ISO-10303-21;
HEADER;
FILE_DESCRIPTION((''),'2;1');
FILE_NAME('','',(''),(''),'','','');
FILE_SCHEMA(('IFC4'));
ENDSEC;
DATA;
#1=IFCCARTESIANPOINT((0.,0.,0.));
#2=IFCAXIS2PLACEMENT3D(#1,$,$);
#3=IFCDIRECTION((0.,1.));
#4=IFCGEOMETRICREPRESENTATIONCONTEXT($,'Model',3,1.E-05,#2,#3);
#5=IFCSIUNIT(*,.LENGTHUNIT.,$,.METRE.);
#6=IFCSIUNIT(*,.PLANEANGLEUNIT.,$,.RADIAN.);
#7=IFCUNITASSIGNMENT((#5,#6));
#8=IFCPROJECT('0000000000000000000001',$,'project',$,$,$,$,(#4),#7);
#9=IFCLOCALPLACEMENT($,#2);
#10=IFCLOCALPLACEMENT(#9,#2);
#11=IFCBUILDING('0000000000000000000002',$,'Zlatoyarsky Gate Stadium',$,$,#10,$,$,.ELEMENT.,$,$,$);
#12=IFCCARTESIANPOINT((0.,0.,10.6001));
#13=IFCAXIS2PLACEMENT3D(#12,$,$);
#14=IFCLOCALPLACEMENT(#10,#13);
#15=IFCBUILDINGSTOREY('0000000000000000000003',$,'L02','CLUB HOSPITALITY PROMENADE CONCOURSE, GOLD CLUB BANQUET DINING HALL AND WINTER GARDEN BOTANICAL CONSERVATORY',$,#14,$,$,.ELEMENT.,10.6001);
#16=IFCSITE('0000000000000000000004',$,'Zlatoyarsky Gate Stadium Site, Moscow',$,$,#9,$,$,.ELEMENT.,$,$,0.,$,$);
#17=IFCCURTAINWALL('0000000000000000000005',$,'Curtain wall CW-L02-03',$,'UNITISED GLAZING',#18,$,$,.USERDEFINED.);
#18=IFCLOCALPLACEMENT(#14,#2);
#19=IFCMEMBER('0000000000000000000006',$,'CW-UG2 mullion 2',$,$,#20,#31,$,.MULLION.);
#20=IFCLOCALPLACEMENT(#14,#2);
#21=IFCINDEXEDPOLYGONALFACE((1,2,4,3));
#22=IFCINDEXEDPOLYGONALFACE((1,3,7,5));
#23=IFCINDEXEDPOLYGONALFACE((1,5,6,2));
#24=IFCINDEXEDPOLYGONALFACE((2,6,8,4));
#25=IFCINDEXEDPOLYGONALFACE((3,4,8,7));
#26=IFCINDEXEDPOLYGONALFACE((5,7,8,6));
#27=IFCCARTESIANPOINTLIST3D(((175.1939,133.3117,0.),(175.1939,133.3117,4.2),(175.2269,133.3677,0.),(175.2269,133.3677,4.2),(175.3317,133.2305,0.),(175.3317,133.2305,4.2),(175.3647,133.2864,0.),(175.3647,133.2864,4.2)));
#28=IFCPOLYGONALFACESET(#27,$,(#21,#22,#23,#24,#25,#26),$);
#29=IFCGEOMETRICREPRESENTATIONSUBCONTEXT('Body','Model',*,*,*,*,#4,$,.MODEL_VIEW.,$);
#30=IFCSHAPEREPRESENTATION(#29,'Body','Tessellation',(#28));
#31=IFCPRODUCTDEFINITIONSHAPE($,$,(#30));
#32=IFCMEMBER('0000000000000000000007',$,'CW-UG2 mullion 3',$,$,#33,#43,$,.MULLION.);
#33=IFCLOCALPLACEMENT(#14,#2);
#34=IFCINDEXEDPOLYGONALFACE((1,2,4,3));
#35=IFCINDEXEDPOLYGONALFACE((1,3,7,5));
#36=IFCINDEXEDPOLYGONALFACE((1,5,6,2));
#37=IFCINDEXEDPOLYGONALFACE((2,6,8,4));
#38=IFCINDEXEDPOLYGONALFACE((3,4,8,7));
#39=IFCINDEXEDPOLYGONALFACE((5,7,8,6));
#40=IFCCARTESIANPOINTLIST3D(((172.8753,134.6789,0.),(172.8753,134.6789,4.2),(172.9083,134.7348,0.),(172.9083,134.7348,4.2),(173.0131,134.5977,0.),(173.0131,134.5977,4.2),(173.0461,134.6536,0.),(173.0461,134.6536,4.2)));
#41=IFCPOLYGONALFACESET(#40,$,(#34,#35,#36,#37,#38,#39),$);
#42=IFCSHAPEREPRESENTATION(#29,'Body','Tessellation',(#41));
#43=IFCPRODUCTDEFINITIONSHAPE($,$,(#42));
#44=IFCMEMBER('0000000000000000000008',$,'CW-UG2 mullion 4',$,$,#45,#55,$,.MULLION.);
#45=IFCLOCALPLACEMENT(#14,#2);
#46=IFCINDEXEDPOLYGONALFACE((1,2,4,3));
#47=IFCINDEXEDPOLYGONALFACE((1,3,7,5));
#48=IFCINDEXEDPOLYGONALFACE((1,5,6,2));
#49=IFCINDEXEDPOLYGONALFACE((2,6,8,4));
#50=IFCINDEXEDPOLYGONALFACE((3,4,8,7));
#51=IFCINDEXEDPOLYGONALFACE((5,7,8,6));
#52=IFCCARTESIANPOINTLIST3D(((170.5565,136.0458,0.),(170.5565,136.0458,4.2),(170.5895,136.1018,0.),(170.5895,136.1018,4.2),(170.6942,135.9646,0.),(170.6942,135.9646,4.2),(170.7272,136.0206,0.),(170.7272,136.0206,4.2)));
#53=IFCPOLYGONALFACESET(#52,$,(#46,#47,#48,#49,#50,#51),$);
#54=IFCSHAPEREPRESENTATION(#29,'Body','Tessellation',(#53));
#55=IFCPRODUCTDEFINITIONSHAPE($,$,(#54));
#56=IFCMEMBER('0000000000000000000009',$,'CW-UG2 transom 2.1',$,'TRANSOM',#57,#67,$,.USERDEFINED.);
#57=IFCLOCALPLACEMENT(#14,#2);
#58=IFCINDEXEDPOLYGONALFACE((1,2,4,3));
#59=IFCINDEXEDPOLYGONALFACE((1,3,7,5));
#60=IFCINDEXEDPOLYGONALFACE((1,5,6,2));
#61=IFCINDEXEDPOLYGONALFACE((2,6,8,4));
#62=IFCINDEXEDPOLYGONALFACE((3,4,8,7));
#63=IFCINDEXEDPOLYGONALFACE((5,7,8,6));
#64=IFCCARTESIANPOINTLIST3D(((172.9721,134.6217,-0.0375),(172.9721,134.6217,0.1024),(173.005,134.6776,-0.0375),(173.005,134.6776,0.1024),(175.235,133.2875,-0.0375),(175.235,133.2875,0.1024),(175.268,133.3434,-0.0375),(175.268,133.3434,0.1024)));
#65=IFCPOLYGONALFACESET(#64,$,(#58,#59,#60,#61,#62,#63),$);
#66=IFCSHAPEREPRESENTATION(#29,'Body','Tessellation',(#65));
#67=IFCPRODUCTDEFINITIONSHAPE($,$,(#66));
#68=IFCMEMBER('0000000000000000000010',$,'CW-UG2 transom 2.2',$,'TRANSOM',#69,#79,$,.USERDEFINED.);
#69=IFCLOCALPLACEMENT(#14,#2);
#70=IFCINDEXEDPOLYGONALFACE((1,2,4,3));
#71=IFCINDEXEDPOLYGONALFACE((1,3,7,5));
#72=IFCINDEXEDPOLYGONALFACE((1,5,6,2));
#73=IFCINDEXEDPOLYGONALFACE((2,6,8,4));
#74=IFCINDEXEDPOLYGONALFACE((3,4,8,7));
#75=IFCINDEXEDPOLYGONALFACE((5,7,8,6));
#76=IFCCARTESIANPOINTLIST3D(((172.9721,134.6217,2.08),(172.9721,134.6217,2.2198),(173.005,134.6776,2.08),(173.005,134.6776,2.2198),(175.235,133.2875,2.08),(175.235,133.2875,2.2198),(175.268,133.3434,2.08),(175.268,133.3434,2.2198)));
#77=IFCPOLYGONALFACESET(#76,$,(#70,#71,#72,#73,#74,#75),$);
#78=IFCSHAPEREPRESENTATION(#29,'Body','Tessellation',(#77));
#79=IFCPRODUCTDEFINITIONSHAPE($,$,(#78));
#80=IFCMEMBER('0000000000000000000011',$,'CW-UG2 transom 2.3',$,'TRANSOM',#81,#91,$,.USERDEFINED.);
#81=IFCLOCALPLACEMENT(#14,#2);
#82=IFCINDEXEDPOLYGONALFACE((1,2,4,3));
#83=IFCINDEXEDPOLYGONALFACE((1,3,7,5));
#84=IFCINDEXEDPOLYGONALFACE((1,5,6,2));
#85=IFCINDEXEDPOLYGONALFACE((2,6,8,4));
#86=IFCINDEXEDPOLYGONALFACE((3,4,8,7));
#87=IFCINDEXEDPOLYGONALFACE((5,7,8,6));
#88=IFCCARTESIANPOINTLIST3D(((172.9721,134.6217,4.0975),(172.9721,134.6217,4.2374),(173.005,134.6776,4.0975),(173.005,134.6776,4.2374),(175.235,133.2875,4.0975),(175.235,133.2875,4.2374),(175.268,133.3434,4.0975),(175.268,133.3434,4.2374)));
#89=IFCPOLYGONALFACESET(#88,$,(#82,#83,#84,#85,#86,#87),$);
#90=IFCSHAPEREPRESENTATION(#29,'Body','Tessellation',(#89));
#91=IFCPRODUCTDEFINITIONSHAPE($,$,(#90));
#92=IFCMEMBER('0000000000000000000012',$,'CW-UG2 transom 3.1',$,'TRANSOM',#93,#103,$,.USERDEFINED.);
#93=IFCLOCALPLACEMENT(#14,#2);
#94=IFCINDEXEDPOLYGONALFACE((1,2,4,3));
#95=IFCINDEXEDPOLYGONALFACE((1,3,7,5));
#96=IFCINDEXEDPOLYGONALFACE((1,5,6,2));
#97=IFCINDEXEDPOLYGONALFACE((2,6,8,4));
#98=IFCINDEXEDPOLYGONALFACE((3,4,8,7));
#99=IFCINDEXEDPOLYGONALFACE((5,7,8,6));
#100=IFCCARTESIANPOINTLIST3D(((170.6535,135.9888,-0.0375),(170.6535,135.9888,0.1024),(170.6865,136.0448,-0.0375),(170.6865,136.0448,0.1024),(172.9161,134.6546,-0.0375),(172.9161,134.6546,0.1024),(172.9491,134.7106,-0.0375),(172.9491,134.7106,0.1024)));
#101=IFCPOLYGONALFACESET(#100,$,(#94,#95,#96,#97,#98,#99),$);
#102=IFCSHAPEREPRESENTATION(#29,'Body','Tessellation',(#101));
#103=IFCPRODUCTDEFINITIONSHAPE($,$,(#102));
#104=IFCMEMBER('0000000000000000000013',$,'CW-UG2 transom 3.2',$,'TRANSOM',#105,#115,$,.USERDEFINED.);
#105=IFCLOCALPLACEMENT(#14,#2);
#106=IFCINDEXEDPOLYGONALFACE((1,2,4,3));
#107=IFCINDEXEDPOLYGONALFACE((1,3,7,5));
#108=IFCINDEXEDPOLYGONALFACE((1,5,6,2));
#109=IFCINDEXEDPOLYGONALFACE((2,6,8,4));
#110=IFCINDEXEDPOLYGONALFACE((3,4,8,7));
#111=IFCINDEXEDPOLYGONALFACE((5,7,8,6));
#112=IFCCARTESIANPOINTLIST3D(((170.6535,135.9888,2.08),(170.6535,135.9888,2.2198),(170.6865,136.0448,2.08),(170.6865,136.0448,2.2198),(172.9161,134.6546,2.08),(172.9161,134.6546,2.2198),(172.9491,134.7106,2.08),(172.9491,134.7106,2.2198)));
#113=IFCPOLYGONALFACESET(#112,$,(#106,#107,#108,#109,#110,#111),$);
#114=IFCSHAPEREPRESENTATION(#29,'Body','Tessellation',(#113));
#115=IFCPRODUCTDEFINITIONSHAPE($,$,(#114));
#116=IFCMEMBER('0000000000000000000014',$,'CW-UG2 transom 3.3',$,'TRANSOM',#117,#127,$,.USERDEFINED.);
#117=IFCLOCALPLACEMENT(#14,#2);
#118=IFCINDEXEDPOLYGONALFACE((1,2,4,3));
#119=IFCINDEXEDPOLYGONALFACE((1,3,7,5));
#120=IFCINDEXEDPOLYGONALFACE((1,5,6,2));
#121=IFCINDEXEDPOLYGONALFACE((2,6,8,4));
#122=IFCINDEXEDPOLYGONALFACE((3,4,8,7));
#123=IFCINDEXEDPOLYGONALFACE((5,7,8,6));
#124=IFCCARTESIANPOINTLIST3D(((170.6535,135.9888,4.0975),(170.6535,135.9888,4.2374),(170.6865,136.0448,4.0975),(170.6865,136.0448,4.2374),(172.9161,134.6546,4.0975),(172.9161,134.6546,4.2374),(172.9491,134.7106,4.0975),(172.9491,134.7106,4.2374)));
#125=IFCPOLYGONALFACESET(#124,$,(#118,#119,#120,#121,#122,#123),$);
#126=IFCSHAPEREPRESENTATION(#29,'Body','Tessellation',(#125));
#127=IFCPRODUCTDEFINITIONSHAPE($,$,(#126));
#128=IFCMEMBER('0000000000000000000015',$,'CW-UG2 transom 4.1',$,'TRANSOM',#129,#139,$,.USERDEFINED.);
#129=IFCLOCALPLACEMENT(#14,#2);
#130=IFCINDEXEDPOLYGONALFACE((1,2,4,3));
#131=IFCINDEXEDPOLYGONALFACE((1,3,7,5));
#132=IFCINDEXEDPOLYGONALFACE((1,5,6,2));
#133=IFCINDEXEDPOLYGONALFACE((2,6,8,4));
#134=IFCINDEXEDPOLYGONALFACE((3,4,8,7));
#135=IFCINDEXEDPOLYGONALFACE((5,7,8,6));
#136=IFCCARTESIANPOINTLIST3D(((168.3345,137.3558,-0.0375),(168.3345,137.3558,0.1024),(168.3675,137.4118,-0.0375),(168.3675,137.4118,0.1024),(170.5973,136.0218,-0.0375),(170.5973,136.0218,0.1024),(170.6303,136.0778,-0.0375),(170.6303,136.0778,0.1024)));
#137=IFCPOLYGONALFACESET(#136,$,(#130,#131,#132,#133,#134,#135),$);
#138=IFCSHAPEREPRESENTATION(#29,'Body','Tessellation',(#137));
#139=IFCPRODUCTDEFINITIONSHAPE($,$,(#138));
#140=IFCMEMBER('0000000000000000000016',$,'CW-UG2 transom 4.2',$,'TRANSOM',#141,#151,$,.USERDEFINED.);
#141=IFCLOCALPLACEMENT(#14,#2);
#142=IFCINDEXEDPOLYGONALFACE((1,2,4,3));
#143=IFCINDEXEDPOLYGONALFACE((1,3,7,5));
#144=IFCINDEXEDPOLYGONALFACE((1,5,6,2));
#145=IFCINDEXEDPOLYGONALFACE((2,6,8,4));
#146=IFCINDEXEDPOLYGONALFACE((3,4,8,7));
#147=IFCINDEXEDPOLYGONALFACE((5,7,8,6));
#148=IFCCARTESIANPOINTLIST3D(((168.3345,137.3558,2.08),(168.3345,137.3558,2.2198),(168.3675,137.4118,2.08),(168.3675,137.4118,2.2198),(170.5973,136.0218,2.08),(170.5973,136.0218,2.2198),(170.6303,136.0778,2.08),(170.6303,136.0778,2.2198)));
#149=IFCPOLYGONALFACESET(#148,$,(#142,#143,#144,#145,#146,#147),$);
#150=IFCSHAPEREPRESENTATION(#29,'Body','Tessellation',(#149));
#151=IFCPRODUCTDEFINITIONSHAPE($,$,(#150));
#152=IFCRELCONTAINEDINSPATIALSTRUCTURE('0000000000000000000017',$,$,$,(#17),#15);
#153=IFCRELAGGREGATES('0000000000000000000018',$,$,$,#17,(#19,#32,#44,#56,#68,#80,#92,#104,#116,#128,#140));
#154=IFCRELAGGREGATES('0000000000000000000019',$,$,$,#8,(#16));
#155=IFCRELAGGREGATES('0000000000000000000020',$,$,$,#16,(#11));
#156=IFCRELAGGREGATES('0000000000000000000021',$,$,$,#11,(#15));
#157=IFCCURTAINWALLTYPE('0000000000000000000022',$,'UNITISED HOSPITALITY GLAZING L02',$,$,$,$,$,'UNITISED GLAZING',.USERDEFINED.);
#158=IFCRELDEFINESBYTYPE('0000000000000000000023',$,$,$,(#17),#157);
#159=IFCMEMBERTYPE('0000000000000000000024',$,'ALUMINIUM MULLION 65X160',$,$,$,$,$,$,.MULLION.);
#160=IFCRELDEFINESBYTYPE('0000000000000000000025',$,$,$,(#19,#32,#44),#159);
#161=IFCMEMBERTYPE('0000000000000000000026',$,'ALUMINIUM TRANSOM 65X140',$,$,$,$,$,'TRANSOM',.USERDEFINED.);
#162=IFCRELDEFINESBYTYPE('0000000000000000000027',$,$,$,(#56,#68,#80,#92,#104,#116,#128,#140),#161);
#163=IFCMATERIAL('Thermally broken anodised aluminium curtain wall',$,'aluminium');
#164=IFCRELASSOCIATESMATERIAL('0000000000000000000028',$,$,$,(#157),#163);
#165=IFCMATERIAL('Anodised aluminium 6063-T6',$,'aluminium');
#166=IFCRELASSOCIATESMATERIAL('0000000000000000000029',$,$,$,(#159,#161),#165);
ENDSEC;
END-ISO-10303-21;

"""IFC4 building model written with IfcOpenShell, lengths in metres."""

from ifc_helpers import new_model, si_unit, direction, frame, origin, origin_2d, place, context, subcontext, project, spatial, rectangle, extrude, material, material_profile, profile_set, type_object, element, aggregate, save


model = new_model("IFC4")

# Units and contexts
model_context = context("Model", 3, precision=1e-05, world=origin(), true_north=direction((0.0, 1.0)))
body_context = subcontext(model_context, "Body", "Model", "MODEL_VIEW")
ifc_project = project(units=[si_unit("LENGTHUNIT", "METRE"), si_unit("PLANEANGLEUNIT", "RADIAN")], contexts=[model_context])

# Site, building, storey
site_placement = place(None, origin())
site = spatial("IfcSite", under=ifc_project, at=site_placement, Name="Zlatoyarsky Gate Stadium Site, Moscow", CompositionType="ELEMENT", RefElevation=0.0)
building_placement = place(site_placement, origin())
building = spatial("IfcBuilding", under=site, at=building_placement, Name="Zlatoyarsky Gate Stadium", CompositionType="ELEMENT")
storey_placement = place(building_placement, frame((0.0, 0.0, 10.6001)))
storey = spatial("IfcBuildingStorey", under=building, at=storey_placement, Name="L02", Description="CLUB HOSPITALITY PROMENADE CONCOURSE, GOLD CLUB BANQUET DINING HALL AND WINTER GARDEN BOTANICAL CONSERVATORY", CompositionType="ELEMENT", Elevation=10.6001)

# Curtain wall, members
ifc_material_1 = material(Name="Thermally broken anodised aluminium curtain wall", Category="aluminium")
curtain_wall_type = type_object("IfcCurtainWallType", Name="UNITISED HOSPITALITY GLAZING L02", ElementType="UNITISED GLAZING", PredefinedType="USERDEFINED", material=ifc_material_1)
curtain_wall_placement = place(storey_placement, origin())
curtain_wall = element("IfcCurtainWall", 1, at=curtain_wall_placement, inside=storey, type_object=curtain_wall_type, Name="Curtain wall CW-L02-03", ObjectType="UNITISED GLAZING", PredefinedType="USERDEFINED")
ifc_material_2 = material(Name="Anodised aluminium 6063-T6", Category="aluminium")
ifc_material_profile_1 = material_profile(ifc_material_2, rectangle(XDim=0.0649, YDim=0.1599, at=origin_2d()), Name="ALU 65X160")
ifc_profile_set_1 = profile_set([ifc_material_profile_1], Name="Anodised aluminium 6063-T6")
member_type_1 = type_object("IfcMemberType", Name="ALUMINIUM MULLION 65X160", PredefinedType="MULLION", material=ifc_profile_set_1)
member_1_placement = place(storey_placement, frame((175.2793, 133.2991, 0.0), z_axis=(0.0, 0.0, 1.0), x_axis=(-0.507884, -0.861425, 0.0)))
member_1 = element("IfcMember", 2, at=member_1_placement, type_object=member_type_1, Name="CW-UG2 mullion 2", PredefinedType="MULLION", context=body_context, shape_type="SweptSolid", body=[
    extrude(rectangle(XDim=0.0649, YDim=0.1599, at=origin_2d()), origin(), (0.0, 0.0, 1.0), 4.2),
])
member_2_placement = place(storey_placement, frame((172.9607, 134.6663, 0.0), z_axis=(0.0, 0.0, 1.0), x_axis=(-0.507884, -0.861425, 0.0)))
member_2 = element("IfcMember", 3, at=member_2_placement, type_object=member_type_1, Name="CW-UG2 mullion 3", PredefinedType="MULLION", context=body_context, shape_type="SweptSolid", body=[
    extrude(rectangle(XDim=0.0649, YDim=0.1599, at=origin_2d()), origin(), (0.0, 0.0, 1.0), 4.2),
])
member_3_placement = place(storey_placement, frame((170.6418, 136.0332, 0.0), z_axis=(0.0, 0.0, 1.0), x_axis=(-0.507884, -0.861425, 0.0)))
member_3 = element("IfcMember", 4, at=member_3_placement, type_object=member_type_1, Name="CW-UG2 mullion 4", PredefinedType="MULLION", context=body_context, shape_type="SweptSolid", body=[
    extrude(rectangle(XDim=0.0649, YDim=0.1599, at=origin_2d()), origin(), (0.0, 0.0, 1.0), 4.2),
])
ifc_material_profile_2 = material_profile(ifc_material_2, rectangle(XDim=0.0649, YDim=0.1399, at=origin_2d()), Name="ALU 65X140")
ifc_profile_set_2 = profile_set([ifc_material_profile_2], Name="Anodised aluminium 6063-T6")
member_type_2 = type_object("IfcMemberType", Name="ALUMINIUM TRANSOM 65X140", ElementType="TRANSOM", PredefinedType="USERDEFINED", material=ifc_profile_set_2)
member_4_placement = place(storey_placement, frame((175.2515, 133.3154, 0.0325), z_axis=(-0.86142, 0.507893, 0.0), x_axis=(-0.507893, -0.86142, 0.0)))
member_4 = element("IfcMember", 5, at=member_4_placement, type_object=member_type_2, Name="CW-UG2 transom 2.1", ObjectType="TRANSOM", PredefinedType="USERDEFINED", context=body_context, shape_type="SweptSolid", body=[
    extrude(rectangle(XDim=0.0649, YDim=0.1399, at=origin_2d()), origin(), (0.0, 0.0, 1.0), 2.627),
])
member_5_placement = place(storey_placement, frame((175.2515, 133.3154, 2.1499), z_axis=(-0.86142, 0.507893, 0.0), x_axis=(-0.507893, -0.86142, 0.0)))
member_5 = element("IfcMember", 6, at=member_5_placement, type_object=member_type_2, Name="CW-UG2 transom 2.2", ObjectType="TRANSOM", PredefinedType="USERDEFINED", context=body_context, shape_type="SweptSolid", body=[
    extrude(rectangle(XDim=0.0649, YDim=0.1399, at=origin_2d()), origin(), (0.0, 0.0, 1.0), 2.627),
])
member_6_placement = place(storey_placement, frame((175.2515, 133.3154, 4.1675), z_axis=(-0.86142, 0.507893, 0.0), x_axis=(-0.507893, -0.86142, 0.0)))
member_6 = element("IfcMember", 7, at=member_6_placement, type_object=member_type_2, Name="CW-UG2 transom 2.3", ObjectType="TRANSOM", PredefinedType="USERDEFINED", context=body_context, shape_type="SweptSolid", body=[
    extrude(rectangle(XDim=0.0649, YDim=0.1399, at=origin_2d()), origin(), (0.0, 0.0, 1.0), 2.627),
])
member_7_placement = place(storey_placement, frame((172.9326, 134.6826, 0.0325), z_axis=(-0.861396, 0.507934, 0.0), x_axis=(-0.507934, -0.861396, 0.0)))
member_7 = element("IfcMember", 8, at=member_7_placement, type_object=member_type_2, Name="CW-UG2 transom 3.1", ObjectType="TRANSOM", PredefinedType="USERDEFINED", context=body_context, shape_type="SweptSolid", body=[
    extrude(rectangle(XDim=0.0649, YDim=0.1399, at=origin_2d()), origin(), (0.0, 0.0, 1.0), 2.6267),
])
member_8_placement = place(storey_placement, frame((172.9326, 134.6826, 2.1499), z_axis=(-0.861396, 0.507934, 0.0), x_axis=(-0.507934, -0.861396, 0.0)))
member_8 = element("IfcMember", 9, at=member_8_placement, type_object=member_type_2, Name="CW-UG2 transom 3.2", ObjectType="TRANSOM", PredefinedType="USERDEFINED", context=body_context, shape_type="SweptSolid", body=[
    extrude(rectangle(XDim=0.0649, YDim=0.1399, at=origin_2d()), origin(), (0.0, 0.0, 1.0), 2.6267),
])
member_9_placement = place(storey_placement, frame((172.9326, 134.6826, 4.1675), z_axis=(-0.861396, 0.507934, 0.0), x_axis=(-0.507934, -0.861396, 0.0)))
member_9 = element("IfcMember", 10, at=member_9_placement, type_object=member_type_2, Name="CW-UG2 transom 3.3", ObjectType="TRANSOM", PredefinedType="USERDEFINED", context=body_context, shape_type="SweptSolid", body=[
    extrude(rectangle(XDim=0.0649, YDim=0.1399, at=origin_2d()), origin(), (0.0, 0.0, 1.0), 2.6267),
])
member_10_placement = place(storey_placement, frame((170.6138, 136.0498, 0.0325), z_axis=(-0.861437, 0.507865, 0.0), x_axis=(-0.507865, -0.861437, 0.0)))
member_10 = element("IfcMember", 11, at=member_10_placement, type_object=member_type_2, Name="CW-UG2 transom 4.1", ObjectType="TRANSOM", PredefinedType="USERDEFINED", context=body_context, shape_type="SweptSolid", body=[
    extrude(rectangle(XDim=0.0649, YDim=0.1399, at=origin_2d()), origin(), (0.0, 0.0, 1.0), 2.6267),
])
member_11_placement = place(storey_placement, frame((170.6138, 136.0498, 2.1499), z_axis=(-0.861437, 0.507865, 0.0), x_axis=(-0.507865, -0.861437, 0.0)))
member_11 = element("IfcMember", 12, at=member_11_placement, type_object=member_type_2, Name="CW-UG2 transom 4.2", ObjectType="TRANSOM", PredefinedType="USERDEFINED", context=body_context, shape_type="SweptSolid", body=[
    extrude(rectangle(XDim=0.0649, YDim=0.1399, at=origin_2d()), origin(), (0.0, 0.0, 1.0), 2.6267),
])

aggregate(curtain_wall, [member_1, member_2, member_3, member_4, member_5, member_6, member_7, member_8, member_9, member_10, member_11])

save(model, "model.ifc")
